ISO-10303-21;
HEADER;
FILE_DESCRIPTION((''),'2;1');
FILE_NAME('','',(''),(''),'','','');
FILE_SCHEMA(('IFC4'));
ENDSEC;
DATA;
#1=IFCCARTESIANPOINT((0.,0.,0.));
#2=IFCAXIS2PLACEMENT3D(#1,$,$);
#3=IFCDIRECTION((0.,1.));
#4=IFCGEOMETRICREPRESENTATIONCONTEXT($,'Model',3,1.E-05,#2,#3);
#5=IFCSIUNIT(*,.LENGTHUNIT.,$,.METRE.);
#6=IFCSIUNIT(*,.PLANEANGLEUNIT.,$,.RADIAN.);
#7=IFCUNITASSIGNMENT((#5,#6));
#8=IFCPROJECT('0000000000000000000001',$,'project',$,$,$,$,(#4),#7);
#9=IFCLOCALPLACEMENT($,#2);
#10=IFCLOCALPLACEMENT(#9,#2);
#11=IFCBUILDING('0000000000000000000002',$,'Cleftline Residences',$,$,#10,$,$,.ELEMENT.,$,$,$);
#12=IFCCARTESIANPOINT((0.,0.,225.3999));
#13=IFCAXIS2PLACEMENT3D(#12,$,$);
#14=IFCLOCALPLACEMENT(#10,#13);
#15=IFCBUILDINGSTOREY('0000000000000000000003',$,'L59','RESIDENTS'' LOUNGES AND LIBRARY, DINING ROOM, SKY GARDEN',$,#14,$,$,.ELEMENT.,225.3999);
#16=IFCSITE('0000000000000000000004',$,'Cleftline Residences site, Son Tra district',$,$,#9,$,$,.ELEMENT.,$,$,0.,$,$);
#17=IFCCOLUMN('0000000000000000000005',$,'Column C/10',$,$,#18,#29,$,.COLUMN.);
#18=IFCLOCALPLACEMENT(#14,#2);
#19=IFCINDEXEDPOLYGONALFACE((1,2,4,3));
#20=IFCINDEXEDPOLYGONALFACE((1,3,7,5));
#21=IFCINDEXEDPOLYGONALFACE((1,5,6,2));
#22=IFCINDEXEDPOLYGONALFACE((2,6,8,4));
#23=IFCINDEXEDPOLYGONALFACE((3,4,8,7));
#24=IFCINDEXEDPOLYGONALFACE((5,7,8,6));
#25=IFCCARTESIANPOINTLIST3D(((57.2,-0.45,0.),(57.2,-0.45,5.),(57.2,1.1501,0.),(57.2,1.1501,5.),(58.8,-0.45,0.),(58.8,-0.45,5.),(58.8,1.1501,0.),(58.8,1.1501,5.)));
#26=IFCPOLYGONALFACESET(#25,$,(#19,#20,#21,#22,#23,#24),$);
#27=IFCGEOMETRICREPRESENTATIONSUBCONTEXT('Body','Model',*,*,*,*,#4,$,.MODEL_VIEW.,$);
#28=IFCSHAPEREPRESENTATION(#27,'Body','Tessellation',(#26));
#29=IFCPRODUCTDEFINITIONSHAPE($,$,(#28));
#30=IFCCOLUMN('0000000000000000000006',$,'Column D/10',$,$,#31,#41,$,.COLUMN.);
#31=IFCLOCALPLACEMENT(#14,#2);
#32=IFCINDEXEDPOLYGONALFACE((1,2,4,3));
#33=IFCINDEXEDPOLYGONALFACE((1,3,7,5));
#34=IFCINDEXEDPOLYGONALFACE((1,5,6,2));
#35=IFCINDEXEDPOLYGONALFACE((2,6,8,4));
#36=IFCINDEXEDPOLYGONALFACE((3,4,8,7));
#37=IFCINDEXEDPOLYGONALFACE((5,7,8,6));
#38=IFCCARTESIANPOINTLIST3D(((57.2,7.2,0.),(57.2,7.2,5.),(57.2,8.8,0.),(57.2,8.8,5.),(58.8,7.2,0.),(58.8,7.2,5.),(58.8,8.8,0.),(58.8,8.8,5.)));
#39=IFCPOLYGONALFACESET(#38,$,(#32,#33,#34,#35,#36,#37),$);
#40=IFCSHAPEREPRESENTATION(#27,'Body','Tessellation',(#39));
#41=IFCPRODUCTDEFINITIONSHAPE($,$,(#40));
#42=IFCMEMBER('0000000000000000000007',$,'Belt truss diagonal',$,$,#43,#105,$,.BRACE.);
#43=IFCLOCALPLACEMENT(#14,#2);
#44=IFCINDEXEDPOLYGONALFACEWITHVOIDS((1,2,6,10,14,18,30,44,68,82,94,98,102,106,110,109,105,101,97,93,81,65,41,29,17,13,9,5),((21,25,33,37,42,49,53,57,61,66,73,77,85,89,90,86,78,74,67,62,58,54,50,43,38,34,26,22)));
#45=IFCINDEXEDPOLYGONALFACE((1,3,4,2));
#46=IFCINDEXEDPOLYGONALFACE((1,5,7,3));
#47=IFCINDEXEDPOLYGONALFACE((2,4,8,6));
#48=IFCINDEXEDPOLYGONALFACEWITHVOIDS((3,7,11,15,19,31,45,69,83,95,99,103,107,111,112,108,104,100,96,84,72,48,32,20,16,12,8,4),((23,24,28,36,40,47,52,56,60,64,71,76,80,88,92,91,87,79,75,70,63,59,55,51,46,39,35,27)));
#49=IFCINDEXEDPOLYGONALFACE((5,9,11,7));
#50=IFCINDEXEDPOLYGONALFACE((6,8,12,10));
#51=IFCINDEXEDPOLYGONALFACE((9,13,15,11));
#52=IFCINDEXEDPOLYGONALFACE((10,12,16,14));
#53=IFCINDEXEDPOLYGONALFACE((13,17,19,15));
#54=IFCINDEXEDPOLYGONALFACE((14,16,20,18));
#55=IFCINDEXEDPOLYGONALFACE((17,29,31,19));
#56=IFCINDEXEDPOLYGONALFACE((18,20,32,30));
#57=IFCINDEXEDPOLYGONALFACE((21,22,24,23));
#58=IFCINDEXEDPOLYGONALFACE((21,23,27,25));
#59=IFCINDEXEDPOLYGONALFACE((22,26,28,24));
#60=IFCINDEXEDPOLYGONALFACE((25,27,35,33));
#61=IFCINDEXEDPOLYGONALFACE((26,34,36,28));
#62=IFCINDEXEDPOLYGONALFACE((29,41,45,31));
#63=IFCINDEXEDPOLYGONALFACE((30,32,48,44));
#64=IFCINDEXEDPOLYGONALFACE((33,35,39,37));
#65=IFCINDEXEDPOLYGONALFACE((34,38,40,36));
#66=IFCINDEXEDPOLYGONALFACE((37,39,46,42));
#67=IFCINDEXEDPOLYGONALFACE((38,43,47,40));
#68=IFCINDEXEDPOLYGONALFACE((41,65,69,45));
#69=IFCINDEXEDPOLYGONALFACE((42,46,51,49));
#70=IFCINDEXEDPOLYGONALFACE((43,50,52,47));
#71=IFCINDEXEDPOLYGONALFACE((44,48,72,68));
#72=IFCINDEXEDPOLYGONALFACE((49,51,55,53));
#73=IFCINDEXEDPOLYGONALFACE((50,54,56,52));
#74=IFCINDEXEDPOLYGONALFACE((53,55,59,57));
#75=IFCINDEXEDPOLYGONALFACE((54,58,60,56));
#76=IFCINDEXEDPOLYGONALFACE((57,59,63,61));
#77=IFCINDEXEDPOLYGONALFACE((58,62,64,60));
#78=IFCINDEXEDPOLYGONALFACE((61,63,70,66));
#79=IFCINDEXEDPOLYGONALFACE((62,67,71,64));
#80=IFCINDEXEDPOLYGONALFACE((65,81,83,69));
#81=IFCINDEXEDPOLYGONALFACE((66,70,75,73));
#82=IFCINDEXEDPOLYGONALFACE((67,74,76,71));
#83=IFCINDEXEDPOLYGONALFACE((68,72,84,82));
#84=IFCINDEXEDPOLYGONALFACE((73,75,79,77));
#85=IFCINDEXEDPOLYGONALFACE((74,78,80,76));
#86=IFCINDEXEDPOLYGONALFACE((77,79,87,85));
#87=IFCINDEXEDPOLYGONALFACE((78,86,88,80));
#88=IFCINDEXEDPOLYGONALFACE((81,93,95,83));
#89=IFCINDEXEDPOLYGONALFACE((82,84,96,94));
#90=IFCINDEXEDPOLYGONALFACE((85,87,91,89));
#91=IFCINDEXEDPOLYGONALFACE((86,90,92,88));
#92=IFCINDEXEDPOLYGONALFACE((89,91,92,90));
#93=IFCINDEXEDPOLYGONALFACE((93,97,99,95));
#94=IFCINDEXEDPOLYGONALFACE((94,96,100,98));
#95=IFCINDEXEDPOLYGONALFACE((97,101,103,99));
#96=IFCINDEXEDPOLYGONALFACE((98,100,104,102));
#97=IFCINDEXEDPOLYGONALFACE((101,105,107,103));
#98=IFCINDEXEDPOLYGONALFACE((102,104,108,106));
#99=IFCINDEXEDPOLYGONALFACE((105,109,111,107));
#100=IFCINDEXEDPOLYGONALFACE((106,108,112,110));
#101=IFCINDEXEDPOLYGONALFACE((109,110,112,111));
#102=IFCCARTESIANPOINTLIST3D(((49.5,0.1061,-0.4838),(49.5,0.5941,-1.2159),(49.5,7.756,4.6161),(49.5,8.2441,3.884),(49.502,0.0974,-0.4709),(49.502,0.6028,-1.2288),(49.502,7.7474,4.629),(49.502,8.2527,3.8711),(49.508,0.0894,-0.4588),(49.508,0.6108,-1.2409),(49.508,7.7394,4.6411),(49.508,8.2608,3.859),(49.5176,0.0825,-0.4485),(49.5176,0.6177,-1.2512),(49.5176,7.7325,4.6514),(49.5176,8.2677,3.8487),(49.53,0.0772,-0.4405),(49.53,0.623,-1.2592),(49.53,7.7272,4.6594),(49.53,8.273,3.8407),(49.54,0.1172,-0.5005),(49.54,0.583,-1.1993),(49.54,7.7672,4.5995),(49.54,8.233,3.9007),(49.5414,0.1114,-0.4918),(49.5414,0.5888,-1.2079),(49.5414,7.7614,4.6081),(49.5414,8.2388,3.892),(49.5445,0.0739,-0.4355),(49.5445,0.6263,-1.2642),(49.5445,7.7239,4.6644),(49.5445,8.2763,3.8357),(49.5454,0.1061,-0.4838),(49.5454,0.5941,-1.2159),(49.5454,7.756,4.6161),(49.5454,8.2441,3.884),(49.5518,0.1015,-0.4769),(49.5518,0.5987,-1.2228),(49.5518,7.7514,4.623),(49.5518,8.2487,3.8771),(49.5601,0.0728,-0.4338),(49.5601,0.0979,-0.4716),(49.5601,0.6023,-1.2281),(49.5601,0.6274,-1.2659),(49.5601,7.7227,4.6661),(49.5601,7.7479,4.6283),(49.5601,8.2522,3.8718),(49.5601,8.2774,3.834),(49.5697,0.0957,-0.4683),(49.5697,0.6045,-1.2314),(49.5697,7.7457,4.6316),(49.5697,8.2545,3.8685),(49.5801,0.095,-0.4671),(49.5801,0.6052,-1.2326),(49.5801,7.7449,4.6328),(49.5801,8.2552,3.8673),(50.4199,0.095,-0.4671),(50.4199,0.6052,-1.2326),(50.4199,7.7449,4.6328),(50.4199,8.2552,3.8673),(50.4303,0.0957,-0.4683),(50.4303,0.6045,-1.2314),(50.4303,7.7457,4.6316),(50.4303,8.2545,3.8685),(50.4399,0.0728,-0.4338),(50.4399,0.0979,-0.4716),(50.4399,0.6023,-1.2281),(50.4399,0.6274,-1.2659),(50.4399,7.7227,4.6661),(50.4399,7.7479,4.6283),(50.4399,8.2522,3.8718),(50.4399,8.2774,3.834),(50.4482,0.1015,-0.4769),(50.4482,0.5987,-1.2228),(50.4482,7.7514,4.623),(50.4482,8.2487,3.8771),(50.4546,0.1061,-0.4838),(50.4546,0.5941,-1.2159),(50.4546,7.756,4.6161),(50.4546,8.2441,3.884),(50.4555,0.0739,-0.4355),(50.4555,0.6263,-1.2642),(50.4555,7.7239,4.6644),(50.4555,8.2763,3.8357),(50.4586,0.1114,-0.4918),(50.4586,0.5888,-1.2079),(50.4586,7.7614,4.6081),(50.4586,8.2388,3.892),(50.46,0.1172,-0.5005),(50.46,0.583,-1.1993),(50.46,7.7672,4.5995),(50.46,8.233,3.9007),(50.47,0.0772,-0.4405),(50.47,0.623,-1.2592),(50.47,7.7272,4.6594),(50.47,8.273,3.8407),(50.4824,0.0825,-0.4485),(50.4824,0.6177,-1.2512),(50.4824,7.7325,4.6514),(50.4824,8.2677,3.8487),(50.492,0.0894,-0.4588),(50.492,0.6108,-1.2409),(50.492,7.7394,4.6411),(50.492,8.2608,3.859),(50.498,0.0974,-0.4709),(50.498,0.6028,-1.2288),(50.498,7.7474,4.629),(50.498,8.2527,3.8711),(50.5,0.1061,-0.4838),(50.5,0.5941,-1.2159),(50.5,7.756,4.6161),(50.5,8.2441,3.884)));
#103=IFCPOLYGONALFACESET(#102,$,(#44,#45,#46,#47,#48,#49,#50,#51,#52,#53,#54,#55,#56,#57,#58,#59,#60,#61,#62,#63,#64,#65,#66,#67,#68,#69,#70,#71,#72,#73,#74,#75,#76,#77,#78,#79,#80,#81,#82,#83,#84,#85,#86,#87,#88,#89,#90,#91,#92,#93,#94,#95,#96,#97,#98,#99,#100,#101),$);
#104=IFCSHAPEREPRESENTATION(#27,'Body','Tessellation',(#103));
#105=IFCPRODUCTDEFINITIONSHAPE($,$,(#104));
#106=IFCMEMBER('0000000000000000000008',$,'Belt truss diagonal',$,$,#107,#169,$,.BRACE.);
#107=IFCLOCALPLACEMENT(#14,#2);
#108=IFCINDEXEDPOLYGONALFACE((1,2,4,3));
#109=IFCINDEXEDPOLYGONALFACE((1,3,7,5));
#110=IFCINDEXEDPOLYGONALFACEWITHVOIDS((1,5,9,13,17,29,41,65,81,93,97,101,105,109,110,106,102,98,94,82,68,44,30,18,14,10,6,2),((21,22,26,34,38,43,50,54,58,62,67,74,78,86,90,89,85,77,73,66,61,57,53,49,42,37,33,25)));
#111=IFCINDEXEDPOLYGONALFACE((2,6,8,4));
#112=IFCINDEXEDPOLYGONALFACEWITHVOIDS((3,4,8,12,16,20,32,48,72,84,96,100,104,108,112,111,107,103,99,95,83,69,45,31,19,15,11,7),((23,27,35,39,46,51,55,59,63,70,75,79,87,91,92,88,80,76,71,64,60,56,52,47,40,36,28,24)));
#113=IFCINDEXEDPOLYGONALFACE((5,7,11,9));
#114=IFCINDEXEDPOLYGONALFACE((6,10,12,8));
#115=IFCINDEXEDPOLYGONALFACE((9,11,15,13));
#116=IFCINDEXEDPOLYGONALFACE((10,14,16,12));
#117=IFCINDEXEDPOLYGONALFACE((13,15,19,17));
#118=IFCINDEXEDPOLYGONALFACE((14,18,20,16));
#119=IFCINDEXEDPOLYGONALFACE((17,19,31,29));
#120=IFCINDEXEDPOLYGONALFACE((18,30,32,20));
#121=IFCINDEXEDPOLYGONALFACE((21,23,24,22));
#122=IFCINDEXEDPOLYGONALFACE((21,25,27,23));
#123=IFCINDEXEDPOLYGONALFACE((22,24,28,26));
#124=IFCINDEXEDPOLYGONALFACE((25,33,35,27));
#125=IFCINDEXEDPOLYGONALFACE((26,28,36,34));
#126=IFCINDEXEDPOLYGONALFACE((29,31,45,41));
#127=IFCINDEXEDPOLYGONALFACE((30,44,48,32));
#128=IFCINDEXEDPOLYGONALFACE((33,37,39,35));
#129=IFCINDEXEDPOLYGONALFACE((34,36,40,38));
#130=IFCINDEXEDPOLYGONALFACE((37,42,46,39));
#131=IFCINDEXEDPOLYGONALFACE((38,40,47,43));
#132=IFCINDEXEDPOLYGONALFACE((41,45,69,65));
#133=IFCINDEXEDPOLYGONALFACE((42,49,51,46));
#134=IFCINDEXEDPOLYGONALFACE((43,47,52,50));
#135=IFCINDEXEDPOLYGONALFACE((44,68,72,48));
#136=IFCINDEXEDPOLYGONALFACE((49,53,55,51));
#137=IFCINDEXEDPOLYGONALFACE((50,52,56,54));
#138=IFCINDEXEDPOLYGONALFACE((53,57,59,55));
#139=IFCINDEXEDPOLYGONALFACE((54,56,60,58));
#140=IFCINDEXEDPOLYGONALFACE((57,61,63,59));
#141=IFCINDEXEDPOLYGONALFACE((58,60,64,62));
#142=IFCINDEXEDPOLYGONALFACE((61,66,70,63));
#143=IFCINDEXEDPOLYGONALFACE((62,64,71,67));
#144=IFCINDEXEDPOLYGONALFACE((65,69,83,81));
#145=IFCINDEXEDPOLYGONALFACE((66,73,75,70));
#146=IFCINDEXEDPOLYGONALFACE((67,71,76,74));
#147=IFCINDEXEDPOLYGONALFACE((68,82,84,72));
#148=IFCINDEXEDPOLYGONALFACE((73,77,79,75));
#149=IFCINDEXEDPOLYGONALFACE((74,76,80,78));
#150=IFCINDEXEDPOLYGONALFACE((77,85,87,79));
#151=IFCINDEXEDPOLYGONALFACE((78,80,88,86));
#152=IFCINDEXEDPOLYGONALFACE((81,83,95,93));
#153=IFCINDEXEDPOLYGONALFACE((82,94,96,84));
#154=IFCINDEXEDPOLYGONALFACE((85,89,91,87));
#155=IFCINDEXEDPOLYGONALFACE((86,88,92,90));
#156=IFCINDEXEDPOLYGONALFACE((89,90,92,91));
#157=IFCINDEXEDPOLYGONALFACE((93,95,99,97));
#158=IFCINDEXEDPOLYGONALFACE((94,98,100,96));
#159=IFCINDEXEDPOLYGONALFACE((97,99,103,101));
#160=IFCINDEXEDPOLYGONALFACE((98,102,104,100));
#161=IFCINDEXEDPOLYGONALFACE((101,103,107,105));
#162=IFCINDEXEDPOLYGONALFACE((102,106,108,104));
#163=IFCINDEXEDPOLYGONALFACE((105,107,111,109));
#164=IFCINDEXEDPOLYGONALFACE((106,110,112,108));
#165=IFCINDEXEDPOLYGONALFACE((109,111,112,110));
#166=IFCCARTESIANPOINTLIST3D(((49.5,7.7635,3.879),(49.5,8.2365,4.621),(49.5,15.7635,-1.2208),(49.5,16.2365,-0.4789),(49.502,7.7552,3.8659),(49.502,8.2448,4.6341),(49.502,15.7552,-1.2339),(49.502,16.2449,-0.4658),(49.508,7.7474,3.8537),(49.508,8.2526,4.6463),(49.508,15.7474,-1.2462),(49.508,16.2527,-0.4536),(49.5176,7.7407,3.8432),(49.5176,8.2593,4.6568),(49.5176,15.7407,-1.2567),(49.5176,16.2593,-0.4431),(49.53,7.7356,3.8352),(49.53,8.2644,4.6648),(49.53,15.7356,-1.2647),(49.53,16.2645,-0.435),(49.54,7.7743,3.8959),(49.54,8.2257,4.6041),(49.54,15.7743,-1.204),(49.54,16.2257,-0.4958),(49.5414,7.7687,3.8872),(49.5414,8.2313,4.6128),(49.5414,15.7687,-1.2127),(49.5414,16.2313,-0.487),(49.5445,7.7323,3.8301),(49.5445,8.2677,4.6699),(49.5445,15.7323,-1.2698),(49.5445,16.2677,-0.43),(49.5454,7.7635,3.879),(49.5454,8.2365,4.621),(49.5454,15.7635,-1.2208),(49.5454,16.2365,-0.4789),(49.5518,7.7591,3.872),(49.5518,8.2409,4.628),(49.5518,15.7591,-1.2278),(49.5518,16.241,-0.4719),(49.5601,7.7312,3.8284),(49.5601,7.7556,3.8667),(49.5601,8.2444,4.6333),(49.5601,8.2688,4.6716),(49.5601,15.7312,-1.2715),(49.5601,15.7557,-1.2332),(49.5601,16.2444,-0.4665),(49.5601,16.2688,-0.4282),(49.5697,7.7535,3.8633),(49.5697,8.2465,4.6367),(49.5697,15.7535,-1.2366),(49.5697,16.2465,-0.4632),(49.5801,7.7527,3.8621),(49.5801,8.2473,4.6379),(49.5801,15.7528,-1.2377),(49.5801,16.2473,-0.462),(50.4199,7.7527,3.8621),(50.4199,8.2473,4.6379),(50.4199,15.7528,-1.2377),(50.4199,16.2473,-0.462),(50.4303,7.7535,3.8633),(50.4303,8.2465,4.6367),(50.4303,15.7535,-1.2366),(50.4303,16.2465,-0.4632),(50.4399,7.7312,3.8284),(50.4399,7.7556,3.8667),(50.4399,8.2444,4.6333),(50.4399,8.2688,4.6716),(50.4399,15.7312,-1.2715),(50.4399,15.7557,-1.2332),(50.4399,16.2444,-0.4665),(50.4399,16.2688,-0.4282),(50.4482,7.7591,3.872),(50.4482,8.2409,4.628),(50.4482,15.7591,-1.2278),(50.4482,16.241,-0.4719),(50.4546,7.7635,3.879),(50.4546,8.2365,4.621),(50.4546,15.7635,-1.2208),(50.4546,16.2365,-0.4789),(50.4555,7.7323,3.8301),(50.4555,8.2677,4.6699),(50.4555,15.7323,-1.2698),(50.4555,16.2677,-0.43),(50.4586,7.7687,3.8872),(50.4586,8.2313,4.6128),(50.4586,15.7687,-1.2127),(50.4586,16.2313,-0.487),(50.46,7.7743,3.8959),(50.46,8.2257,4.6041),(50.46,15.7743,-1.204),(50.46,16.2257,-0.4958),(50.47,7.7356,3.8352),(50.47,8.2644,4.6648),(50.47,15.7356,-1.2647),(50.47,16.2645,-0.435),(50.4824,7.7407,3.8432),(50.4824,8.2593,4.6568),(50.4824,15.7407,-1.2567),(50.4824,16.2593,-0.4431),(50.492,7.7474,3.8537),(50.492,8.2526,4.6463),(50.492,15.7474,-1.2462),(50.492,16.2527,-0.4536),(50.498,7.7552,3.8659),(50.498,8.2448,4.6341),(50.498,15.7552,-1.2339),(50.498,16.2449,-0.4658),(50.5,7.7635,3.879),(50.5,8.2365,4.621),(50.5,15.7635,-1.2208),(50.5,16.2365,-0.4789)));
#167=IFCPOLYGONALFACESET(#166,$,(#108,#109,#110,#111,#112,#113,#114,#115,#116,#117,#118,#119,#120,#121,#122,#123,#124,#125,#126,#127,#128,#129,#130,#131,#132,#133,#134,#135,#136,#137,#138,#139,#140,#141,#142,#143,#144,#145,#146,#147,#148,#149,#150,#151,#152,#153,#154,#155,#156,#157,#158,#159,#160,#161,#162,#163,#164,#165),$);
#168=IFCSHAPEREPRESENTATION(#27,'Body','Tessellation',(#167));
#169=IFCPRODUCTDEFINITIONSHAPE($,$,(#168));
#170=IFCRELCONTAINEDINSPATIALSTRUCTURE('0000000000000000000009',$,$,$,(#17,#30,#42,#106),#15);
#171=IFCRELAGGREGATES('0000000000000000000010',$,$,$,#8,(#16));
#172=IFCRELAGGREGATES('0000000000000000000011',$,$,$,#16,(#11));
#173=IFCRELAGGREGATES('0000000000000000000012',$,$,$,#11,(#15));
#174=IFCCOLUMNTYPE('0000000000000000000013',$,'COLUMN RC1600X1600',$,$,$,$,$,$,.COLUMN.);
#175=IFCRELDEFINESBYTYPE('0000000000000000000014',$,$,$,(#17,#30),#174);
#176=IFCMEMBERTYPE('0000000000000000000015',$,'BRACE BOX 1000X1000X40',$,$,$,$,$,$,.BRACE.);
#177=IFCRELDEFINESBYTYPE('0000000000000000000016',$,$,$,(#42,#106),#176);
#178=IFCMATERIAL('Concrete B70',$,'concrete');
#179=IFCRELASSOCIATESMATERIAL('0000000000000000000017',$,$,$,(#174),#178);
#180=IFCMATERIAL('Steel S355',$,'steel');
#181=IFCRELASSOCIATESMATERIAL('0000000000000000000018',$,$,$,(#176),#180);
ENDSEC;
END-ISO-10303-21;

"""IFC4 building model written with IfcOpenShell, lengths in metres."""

from ifc_helpers import new_model, si_unit, direction, frame, origin, origin_2d, place, context, subcontext, project, spatial, rectangle, hollow_rectangle, extrude, material, material_profile, profile_set, type_object, element, save


model = new_model("IFC4")

# Units and contexts
model_context = context("Model", 3, precision=1e-05, world=origin(), true_north=direction((0.0, 1.0)))
body_context = subcontext(model_context, "Body", "Model", "MODEL_VIEW")
ifc_project = project(units=[si_unit("LENGTHUNIT", "METRE"), si_unit("PLANEANGLEUNIT", "RADIAN")], contexts=[model_context])

# Site, building, storey
site_placement = place(None, origin())
site = spatial("IfcSite", under=ifc_project, at=site_placement, Name="Cleftline Residences site, Son Tra district", CompositionType="ELEMENT", RefElevation=0.0)
building_placement = place(site_placement, origin())
building = spatial("IfcBuilding", under=site, at=building_placement, Name="Cleftline Residences", CompositionType="ELEMENT")
storey_placement = place(building_placement, frame((0.0, 0.0, 225.3999)))
storey = spatial("IfcBuildingStorey", under=building, at=storey_placement, Name="L59", Description="RESIDENTS' LOUNGES AND LIBRARY, DINING ROOM, SKY GARDEN", CompositionType="ELEMENT", Elevation=225.3999)

# Columns
ifc_material_1 = material(Name="Concrete B70", Category="concrete")
ifc_material_profile_1 = material_profile(ifc_material_1, rectangle(XDim=1.6001, YDim=1.6001, at=origin_2d()))
ifc_profile_set_1 = profile_set([ifc_material_profile_1], Name="Concrete B70")
column_type = type_object("IfcColumnType", Name="COLUMN RC1600X1600", PredefinedType="COLUMN", material=ifc_profile_set_1)
for number, where, z_axis, x_axis, name in (
    (1, (58.0, 0.3501, 0.0), (0.0, 0.0, 1.0), (1.0, 0.0, 0.0), "Column C/10"),
    (2, (58.0, 8.0, 0.0), (0.0, 0.0, 1.0), (1.0, 0.0, 0.0), "Column D/10"),
):
    element("IfcColumn", number, at=place(storey_placement, frame(where, z_axis=z_axis, x_axis=x_axis)), inside=storey, type_object=column_type, Name=name, PredefinedType="COLUMN", context=body_context, shape_type="SweptSolid", body=[
        extrude(rectangle(XDim=1.6001, YDim=1.6001, at=origin_2d()), origin(), (0.0, 0.0, 1.0), 5.0),
    ])

# Members
ifc_material_2 = material(Name="Steel S355", Category="steel")
ifc_material_profile_2 = material_profile(ifc_material_2, hollow_rectangle(XDim=1.0, YDim=1.0, WallThickness=0.04, InnerFilletRadius=0.04, OuterFilletRadius=0.0601, at=origin_2d()))
ifc_profile_set_2 = profile_set([ifc_material_profile_2], Name="Steel S355")
member_type_1 = type_object("IfcMemberType", Name="BRACE BOX 1000X1000X40", PredefinedType="BRACE", material=ifc_profile_set_2)
member_1_placement = place(storey_placement, frame((50.0, 0.3501, -0.8499), z_axis=(0.0, 0.832054, 0.554694), x_axis=(0.0, -0.554694, 0.832054)))
element("IfcMember", 3, at=member_1_placement, inside=storey, type_object=member_type_1, Name="Belt truss diagonal", PredefinedType="BRACE", context=body_context, shape_type="SweptSolid", body=[
    extrude(hollow_rectangle(XDim=1.0, YDim=1.0, WallThickness=0.04, InnerFilletRadius=0.04, OuterFilletRadius=0.0601, at=origin_2d()), origin(), (0.0, 0.0, 1.0), 9.1941),
])
member_2_placement = place(storey_placement, frame((50.0, 8.0, 4.25), z_axis=(0.0, 0.843234, -0.537546), x_axis=(0.0, 0.537546, 0.843234)))
element("IfcMember", 4, at=member_2_placement, inside=storey, type_object=member_type_1, Name="Belt truss diagonal", PredefinedType="BRACE", context=body_context, shape_type="SweptSolid", body=[
    extrude(hollow_rectangle(XDim=1.0, YDim=1.0, WallThickness=0.04, InnerFilletRadius=0.04, OuterFilletRadius=0.0601, at=origin_2d()), origin(), (0.0, 0.0, 1.0), 9.4873),
])

save(model, "model.ifc")
